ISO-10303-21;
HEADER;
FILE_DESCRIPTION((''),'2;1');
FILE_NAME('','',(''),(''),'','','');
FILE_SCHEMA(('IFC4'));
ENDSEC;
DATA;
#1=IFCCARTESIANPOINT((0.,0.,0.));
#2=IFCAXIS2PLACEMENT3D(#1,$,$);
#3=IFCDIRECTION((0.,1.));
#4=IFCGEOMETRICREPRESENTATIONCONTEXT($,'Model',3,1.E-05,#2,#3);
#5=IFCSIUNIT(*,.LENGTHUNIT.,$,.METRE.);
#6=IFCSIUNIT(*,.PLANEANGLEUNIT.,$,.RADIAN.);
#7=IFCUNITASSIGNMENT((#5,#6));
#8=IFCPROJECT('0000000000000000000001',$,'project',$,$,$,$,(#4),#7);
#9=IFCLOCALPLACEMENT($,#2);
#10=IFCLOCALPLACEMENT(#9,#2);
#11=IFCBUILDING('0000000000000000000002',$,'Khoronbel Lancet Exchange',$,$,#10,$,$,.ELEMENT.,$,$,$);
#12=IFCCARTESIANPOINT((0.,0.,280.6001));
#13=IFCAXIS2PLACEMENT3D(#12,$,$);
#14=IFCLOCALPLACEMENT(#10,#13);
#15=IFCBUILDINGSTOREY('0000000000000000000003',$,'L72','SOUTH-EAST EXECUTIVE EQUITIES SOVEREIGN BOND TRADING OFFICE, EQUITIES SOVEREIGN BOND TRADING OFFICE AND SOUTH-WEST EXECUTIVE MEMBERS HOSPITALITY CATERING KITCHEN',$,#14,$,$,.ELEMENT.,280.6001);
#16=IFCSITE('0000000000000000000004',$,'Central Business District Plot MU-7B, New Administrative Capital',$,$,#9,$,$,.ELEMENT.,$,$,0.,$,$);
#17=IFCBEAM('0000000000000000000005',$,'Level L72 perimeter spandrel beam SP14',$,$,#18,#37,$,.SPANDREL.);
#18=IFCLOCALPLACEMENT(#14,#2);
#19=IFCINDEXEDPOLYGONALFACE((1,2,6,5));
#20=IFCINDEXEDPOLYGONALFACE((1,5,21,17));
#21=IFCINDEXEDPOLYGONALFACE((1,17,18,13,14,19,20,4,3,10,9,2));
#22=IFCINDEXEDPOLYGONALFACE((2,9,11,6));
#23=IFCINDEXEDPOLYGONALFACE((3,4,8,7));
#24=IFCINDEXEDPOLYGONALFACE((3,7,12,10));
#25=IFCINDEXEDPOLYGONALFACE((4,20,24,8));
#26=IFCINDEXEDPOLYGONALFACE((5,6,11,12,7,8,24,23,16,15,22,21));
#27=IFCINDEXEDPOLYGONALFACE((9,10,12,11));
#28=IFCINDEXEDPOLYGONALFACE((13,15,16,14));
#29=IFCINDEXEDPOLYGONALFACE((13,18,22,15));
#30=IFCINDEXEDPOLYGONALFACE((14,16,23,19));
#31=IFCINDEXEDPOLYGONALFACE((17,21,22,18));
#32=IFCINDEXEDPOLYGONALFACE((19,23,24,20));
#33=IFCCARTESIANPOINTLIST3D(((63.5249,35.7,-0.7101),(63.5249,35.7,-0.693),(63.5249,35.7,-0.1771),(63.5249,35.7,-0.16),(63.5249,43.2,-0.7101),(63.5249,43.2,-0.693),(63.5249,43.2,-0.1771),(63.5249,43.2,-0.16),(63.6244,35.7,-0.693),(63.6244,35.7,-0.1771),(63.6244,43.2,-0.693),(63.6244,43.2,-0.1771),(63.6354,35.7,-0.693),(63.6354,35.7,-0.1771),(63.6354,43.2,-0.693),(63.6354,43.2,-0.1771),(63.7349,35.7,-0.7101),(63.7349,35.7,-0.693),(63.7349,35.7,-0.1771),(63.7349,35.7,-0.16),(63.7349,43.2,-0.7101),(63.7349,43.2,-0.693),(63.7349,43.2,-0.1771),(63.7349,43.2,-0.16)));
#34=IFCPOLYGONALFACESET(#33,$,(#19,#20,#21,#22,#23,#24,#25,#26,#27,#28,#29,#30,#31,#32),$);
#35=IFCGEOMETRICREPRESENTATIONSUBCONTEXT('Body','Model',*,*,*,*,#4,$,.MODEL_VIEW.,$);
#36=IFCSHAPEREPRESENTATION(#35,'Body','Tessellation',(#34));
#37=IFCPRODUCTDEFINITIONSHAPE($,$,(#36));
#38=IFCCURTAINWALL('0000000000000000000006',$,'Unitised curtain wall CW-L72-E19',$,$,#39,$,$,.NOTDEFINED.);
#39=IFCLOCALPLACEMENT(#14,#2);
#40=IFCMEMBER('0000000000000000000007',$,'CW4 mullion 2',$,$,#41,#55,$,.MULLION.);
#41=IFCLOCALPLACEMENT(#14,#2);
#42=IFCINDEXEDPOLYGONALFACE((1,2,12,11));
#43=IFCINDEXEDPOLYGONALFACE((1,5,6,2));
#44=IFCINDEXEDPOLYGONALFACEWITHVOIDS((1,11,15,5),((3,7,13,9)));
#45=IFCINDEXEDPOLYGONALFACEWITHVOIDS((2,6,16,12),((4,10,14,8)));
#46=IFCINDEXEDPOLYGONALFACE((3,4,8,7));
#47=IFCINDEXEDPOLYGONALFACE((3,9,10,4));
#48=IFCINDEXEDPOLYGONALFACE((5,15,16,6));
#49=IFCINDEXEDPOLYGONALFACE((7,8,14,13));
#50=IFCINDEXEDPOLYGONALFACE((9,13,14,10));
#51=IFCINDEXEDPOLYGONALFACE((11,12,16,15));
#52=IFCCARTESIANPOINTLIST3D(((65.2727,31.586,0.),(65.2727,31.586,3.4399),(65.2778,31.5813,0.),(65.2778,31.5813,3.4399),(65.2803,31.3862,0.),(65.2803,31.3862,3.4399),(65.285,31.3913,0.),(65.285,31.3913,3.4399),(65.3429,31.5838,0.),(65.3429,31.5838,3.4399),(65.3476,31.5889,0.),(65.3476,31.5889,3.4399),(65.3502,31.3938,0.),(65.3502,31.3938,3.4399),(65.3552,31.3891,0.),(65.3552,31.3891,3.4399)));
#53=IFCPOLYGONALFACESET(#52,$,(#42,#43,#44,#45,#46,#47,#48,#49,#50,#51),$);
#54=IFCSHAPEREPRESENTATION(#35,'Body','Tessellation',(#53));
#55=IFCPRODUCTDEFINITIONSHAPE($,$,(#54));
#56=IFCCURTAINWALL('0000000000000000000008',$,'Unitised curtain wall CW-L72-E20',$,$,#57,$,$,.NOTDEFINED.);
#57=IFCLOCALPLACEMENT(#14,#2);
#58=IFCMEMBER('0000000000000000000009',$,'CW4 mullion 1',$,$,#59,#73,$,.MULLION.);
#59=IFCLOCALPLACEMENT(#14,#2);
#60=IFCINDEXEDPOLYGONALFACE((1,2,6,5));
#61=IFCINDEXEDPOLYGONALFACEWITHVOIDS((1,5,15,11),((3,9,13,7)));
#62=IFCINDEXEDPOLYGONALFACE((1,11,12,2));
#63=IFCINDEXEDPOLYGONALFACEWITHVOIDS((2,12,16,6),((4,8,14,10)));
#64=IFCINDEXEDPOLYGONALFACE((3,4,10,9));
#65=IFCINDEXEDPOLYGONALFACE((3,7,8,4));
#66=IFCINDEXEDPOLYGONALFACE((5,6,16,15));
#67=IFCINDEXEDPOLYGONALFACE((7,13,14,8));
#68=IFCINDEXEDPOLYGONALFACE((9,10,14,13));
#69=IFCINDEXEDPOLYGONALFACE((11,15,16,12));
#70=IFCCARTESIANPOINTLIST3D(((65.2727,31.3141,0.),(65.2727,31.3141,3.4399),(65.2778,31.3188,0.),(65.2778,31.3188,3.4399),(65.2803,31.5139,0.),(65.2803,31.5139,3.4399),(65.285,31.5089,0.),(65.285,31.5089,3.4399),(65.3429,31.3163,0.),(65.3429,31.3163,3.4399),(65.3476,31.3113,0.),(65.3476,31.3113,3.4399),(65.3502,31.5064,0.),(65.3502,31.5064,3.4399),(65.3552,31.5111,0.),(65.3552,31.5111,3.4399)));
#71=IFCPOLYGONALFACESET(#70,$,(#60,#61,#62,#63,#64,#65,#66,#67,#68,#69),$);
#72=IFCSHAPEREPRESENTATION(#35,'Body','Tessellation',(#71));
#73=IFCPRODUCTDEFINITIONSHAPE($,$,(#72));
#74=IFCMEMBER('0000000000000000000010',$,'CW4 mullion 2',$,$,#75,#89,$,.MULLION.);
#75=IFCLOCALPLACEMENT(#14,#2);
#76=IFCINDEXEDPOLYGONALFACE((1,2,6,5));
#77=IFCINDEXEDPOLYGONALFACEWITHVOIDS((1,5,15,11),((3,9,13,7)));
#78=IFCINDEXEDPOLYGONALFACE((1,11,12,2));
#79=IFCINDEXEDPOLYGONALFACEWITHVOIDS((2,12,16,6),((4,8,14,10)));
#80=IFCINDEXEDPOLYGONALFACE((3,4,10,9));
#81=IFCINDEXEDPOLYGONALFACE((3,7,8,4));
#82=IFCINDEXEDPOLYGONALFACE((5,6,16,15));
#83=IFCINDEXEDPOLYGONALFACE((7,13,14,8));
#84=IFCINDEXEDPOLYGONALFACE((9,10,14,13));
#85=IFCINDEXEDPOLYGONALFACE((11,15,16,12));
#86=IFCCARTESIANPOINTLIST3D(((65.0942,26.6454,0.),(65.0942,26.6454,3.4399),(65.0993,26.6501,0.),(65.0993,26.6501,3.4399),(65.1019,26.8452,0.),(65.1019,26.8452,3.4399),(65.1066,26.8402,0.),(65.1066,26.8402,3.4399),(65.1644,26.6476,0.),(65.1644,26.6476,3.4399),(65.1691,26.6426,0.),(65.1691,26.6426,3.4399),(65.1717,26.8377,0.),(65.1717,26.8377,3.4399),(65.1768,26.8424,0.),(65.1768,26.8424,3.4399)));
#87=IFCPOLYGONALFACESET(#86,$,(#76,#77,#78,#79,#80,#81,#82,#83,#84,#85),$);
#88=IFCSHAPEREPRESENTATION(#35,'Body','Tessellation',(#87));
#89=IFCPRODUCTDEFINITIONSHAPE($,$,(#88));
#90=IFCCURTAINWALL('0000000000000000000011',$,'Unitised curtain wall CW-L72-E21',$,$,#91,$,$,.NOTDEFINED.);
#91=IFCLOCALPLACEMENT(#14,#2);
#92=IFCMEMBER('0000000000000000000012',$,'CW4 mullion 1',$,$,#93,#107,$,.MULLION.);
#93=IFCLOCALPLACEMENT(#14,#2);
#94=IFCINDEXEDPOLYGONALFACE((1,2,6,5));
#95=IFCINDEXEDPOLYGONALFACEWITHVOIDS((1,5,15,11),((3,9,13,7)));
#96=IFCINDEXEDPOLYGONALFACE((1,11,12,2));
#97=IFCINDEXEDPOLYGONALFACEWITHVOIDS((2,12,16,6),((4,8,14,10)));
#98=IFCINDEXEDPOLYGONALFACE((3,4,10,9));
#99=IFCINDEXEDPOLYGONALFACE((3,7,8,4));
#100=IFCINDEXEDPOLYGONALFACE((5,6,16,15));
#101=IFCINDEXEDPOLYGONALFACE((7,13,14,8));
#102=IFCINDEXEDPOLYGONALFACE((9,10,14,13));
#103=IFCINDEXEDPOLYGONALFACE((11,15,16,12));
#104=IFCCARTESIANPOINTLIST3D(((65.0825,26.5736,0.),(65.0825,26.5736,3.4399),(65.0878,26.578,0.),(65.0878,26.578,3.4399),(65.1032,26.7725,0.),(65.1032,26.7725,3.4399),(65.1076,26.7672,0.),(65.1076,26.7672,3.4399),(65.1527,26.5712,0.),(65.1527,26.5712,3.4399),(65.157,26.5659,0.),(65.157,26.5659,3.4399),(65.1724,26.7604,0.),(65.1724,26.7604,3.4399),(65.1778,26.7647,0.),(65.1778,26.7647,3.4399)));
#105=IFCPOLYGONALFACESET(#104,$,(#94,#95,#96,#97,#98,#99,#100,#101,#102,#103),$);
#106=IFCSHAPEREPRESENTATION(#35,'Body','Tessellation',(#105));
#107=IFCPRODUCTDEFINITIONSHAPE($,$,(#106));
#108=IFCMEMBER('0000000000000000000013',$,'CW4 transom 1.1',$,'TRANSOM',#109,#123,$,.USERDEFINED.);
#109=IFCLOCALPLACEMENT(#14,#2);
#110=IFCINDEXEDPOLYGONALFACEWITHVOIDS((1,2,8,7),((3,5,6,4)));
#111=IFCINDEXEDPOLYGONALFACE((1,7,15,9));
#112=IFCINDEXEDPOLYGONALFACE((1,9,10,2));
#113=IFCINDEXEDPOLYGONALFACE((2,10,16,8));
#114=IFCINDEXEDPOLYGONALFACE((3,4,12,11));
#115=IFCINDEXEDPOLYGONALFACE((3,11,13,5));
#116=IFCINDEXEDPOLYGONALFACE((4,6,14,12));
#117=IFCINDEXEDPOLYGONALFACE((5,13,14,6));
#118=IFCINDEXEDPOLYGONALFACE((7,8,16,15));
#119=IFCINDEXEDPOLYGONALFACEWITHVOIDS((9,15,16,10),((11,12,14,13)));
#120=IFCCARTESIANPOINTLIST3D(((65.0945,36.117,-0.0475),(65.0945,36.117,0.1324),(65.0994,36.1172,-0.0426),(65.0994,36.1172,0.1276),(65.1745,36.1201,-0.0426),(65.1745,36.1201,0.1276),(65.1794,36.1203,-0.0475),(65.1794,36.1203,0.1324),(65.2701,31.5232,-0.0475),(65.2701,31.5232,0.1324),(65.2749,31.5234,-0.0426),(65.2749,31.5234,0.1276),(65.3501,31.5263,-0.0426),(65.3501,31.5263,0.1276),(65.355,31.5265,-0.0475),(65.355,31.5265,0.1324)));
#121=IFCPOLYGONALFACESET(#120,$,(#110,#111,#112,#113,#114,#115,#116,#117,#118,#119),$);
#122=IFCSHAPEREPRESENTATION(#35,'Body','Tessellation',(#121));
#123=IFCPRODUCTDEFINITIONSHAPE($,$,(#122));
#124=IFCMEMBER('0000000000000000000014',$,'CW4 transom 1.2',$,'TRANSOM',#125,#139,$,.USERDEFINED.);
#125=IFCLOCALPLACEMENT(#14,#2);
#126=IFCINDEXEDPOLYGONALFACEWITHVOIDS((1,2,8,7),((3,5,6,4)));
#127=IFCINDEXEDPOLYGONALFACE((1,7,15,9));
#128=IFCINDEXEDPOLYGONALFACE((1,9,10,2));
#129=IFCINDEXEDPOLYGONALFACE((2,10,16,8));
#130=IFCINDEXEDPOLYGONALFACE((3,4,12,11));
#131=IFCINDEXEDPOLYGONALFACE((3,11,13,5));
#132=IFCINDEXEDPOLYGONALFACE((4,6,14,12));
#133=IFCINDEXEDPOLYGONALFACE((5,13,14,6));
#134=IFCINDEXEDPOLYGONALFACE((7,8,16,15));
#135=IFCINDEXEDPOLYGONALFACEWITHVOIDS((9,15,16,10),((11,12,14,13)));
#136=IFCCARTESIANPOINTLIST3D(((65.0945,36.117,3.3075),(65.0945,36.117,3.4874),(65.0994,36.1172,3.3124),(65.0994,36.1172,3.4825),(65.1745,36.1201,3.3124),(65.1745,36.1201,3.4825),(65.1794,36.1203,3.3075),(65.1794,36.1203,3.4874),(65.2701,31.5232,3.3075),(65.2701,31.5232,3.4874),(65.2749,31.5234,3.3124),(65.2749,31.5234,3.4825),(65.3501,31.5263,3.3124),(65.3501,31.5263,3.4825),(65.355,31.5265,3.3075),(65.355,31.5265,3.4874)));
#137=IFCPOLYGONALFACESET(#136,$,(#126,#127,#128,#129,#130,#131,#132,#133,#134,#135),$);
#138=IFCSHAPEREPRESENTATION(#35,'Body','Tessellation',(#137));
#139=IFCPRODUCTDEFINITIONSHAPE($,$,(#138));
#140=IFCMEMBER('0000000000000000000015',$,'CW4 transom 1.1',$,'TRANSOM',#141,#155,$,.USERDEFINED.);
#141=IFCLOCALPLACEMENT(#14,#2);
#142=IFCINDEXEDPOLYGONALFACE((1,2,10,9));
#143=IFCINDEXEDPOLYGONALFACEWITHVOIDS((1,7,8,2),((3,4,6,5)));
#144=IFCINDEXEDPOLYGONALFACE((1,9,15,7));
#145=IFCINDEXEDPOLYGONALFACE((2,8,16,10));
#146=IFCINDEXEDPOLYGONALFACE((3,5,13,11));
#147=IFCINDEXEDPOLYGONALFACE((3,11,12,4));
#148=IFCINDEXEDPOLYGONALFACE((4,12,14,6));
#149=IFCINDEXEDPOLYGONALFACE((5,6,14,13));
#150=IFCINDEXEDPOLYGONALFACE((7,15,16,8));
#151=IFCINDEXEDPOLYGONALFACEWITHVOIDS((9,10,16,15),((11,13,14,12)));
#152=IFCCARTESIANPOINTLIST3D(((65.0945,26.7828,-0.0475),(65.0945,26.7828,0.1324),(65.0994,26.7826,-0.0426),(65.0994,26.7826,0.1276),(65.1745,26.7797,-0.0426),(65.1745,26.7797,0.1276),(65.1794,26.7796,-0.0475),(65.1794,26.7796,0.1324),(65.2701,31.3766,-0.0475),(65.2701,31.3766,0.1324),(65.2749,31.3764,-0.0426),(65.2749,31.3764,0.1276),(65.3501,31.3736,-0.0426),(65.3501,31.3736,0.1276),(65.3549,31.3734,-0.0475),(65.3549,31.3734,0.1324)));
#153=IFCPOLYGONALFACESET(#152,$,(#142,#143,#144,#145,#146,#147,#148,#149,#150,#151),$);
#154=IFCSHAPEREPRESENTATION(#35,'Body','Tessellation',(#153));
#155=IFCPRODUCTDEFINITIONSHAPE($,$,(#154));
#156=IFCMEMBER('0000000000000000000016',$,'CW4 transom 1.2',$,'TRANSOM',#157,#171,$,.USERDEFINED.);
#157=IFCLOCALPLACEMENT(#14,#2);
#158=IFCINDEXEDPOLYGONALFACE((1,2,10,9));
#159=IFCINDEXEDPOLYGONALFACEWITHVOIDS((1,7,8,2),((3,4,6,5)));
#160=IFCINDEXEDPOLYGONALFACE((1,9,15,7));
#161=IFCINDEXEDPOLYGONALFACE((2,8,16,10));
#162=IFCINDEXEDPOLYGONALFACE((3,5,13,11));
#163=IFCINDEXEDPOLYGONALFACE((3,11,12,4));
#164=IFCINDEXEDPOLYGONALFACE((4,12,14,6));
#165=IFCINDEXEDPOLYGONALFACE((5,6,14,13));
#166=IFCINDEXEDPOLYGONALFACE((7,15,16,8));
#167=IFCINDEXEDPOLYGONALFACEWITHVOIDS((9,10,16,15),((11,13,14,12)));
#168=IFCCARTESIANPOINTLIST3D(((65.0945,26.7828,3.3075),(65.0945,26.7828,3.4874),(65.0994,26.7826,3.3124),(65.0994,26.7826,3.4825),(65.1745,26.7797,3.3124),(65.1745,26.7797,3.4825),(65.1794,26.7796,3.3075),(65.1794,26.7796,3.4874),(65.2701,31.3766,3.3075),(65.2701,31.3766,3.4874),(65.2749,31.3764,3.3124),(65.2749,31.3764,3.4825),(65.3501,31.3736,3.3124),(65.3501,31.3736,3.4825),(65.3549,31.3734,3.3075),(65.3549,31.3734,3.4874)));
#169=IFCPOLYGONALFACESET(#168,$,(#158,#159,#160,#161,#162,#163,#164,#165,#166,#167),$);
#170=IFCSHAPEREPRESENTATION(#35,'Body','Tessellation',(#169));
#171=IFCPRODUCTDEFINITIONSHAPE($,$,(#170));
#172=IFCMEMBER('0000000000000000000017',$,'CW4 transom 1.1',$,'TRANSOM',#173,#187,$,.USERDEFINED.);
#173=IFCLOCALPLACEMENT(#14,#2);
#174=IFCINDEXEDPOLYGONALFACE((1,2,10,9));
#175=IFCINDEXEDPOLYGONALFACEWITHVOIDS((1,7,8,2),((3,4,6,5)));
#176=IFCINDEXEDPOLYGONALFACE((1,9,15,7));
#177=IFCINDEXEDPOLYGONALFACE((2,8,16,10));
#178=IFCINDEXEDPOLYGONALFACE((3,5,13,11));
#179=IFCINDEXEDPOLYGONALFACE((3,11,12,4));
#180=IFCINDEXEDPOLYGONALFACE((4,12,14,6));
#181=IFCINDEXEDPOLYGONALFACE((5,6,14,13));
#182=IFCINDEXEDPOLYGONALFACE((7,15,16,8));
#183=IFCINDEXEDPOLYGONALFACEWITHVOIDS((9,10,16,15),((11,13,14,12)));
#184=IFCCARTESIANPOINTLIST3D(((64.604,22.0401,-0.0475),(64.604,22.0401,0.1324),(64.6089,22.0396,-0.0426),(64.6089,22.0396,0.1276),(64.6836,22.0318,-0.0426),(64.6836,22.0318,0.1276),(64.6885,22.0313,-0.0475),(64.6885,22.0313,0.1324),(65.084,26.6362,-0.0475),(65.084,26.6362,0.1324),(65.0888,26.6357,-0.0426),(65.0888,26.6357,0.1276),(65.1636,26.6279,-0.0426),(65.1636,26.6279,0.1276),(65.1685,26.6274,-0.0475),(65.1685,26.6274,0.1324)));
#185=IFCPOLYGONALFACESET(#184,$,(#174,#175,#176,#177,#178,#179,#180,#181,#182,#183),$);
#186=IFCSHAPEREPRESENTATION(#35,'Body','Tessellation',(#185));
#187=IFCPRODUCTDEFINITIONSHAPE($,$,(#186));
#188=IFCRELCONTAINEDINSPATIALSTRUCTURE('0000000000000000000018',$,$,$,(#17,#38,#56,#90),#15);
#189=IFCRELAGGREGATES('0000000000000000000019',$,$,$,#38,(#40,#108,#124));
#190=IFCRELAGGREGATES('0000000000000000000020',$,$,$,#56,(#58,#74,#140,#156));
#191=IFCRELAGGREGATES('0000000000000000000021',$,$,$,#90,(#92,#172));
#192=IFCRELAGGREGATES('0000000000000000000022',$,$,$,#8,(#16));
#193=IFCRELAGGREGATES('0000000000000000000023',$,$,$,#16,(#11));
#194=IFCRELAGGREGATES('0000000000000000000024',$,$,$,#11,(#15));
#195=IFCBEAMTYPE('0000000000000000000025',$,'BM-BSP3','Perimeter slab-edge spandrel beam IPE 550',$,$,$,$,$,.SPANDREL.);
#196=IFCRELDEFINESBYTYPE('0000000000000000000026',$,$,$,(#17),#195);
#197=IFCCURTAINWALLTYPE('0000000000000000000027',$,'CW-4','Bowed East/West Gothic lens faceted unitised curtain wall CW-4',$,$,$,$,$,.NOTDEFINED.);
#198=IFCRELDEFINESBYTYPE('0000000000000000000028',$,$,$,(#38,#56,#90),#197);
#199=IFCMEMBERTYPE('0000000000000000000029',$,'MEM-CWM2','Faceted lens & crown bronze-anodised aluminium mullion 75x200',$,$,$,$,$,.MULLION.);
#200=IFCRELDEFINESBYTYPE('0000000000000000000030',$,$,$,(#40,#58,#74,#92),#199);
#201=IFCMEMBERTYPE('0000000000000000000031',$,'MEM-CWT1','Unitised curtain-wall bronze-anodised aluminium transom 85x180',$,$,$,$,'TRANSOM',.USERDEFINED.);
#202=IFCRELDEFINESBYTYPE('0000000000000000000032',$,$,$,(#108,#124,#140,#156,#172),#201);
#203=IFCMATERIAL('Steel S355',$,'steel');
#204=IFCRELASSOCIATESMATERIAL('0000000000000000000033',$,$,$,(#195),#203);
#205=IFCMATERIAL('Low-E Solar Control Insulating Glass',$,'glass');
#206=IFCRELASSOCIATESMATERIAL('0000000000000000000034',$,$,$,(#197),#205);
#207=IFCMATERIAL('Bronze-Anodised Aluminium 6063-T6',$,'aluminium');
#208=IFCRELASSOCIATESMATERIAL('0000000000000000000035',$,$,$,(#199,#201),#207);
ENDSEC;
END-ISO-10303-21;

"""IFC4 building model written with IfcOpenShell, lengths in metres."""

from ifc_helpers import new_model, si_unit, direction, frame, origin, origin_2d, place, context, subcontext, project, spatial, hollow_rectangle, i_section, extrude, material, material_profile, profile_set, type_object, element, aggregate, save


model = new_model("IFC4")

# Units and contexts
model_context = context("Model", 3, precision=1e-05, world=origin(), true_north=direction((0.0, 1.0)))
body_context = subcontext(model_context, "Body", "Model", "MODEL_VIEW")
ifc_project = project(units=[si_unit("LENGTHUNIT", "METRE"), si_unit("PLANEANGLEUNIT", "RADIAN")], contexts=[model_context])

# Site, building, storey
site_placement = place(None, origin())
site = spatial("IfcSite", under=ifc_project, at=site_placement, Name="Central Business District Plot MU-7B, New Administrative Capital", CompositionType="ELEMENT", RefElevation=0.0)
building_placement = place(site_placement, origin())
building = spatial("IfcBuilding", under=site, at=building_placement, Name="Khoronbel Lancet Exchange", CompositionType="ELEMENT")
storey_placement = place(building_placement, frame((0.0, 0.0, 280.6001)))
storey = spatial("IfcBuildingStorey", under=building, at=storey_placement, Name="L72", Description="SOUTH-EAST EXECUTIVE EQUITIES SOVEREIGN BOND TRADING OFFICE, EQUITIES SOVEREIGN BOND TRADING OFFICE AND SOUTH-WEST EXECUTIVE MEMBERS HOSPITALITY CATERING KITCHEN", CompositionType="ELEMENT", Elevation=280.6001)

# Shared definitions
ifc_material_1 = material(Name="Steel S355", Category="steel")

# Beam
ifc_material_profile_1 = material_profile(ifc_material_1, i_section(OverallWidth=0.21, OverallDepth=0.55, WebThickness=0.011, FlangeThickness=0.0171, at=origin_2d()), Name="IPE 550")
ifc_profile_set_1 = profile_set([ifc_material_profile_1], Name="Steel S355")
beam_type_1 = type_object("IfcBeamType", Name="BM-BSP3", Description="Perimeter slab-edge spandrel beam IPE 550", PredefinedType="SPANDREL", material=ifc_profile_set_1)
beam_1_placement = place(storey_placement, frame((63.6299, 35.7, -0.4351), z_axis=(0.0, 1.0, 0.0), x_axis=(-1.0, 0.0, 0.0)))
element("IfcBeam", 1, at=beam_1_placement, inside=storey, type_object=beam_type_1, Name="Level L72 perimeter spandrel beam SP14", PredefinedType="SPANDREL", context=body_context, shape_type="SweptSolid", body=[
    extrude(i_section(OverallWidth=0.21, OverallDepth=0.55, WebThickness=0.011, FlangeThickness=0.0171, at=origin_2d()), origin(), (0.0, 0.0, 1.0), 7.5),
])

# Curtain wall, member
ifc_material_2 = material(Name="Low-E Solar Control Insulating Glass", Category="glass")
curtain_wall_type = type_object("IfcCurtainWallType", Name="CW-4", Description="Bowed East/West Gothic lens faceted unitised curtain wall CW-4", PredefinedType="NOTDEFINED", material=ifc_material_2)
curtain_wall_1_placement = place(storey_placement, origin())
curtain_wall_1 = element("IfcCurtainWall", 2, at=curtain_wall_1_placement, inside=storey, type_object=curtain_wall_type, Name="Unitised curtain wall CW-L72-E19", PredefinedType="NOTDEFINED")
ifc_material_3 = material(Name="Bronze-Anodised Aluminium 6063-T6", Category="aluminium")
ifc_material_profile_2 = material_profile(ifc_material_3, hollow_rectangle(XDim=0.075, YDim=0.2, WallThickness=0.0049, at=origin_2d()), Name="ALU MULLION 75x200")
ifc_profile_set_2 = profile_set([ifc_material_profile_2], Name="Bronze-Anodised Aluminium 6063-T6")
member_type_1 = type_object("IfcMemberType", Name="MEM-CWM2", Description="Faceted lens & crown bronze-anodised aluminium mullion 75x200", PredefinedType="MULLION", material=ifc_profile_set_2)
member_1_placement = place(storey_placement, frame((65.314, 31.4875, 0.0), z_axis=(0.0, 0.0, 1.0), x_axis=(0.99927, 0.038192, 0.0)))
member_1 = element("IfcMember", 3, at=member_1_placement, type_object=member_type_1, Name="CW4 mullion 2", PredefinedType="MULLION", context=body_context, shape_type="SweptSolid", body=[
    extrude(hollow_rectangle(XDim=0.075, YDim=0.2, WallThickness=0.0049, at=origin_2d()), origin(), (0.0, 0.0, 1.0), 3.4399),
])

# Curtain wall, members
curtain_wall_2_placement = place(storey_placement, origin())
curtain_wall_2 = element("IfcCurtainWall", 4, at=curtain_wall_2_placement, inside=storey, type_object=curtain_wall_type, Name="Unitised curtain wall CW-L72-E20", PredefinedType="NOTDEFINED")
member_2_placement = place(storey_placement, frame((65.314, 31.4126, 0.0), z_axis=(0.0, 0.0, 1.0), x_axis=(0.99927, -0.038192, 0.0)))
member_2 = element("IfcMember", 5, at=member_2_placement, type_object=member_type_1, Name="CW4 mullion 1", PredefinedType="MULLION", context=body_context, shape_type="SweptSolid", body=[
    extrude(hollow_rectangle(XDim=0.075, YDim=0.2, WallThickness=0.0049, at=origin_2d()), origin(), (0.0, 0.0, 1.0), 3.4399),
])
member_3_placement = place(storey_placement, frame((65.1355, 26.7439, 0.0), z_axis=(0.0, 0.0, 1.0), x_axis=(0.99927, -0.038192, 0.0)))
member_3 = element("IfcMember", 6, at=member_3_placement, type_object=member_type_1, Name="CW4 mullion 2", PredefinedType="MULLION", context=body_context, shape_type="SweptSolid", body=[
    extrude(hollow_rectangle(XDim=0.075, YDim=0.2, WallThickness=0.0049, at=origin_2d()), origin(), (0.0, 0.0, 1.0), 3.4399),
])

# Curtain wall, member
curtain_wall_3_placement = place(storey_placement, origin())
curtain_wall_3 = element("IfcCurtainWall", 7, at=curtain_wall_3_placement, inside=storey, type_object=curtain_wall_type, Name="Unitised curtain wall CW-L72-E21", PredefinedType="NOTDEFINED")
member_4_placement = place(storey_placement, frame((65.1301, 26.6692, 0.0), z_axis=(0.0, 0.0, 1.0), x_axis=(0.994591, -0.103873, 0.0)))
member_4 = element("IfcMember", 8, at=member_4_placement, type_object=member_type_1, Name="CW4 mullion 1", PredefinedType="MULLION", context=body_context, shape_type="SweptSolid", body=[
    extrude(hollow_rectangle(XDim=0.075, YDim=0.2, WallThickness=0.0049, at=origin_2d()), origin(), (0.0, 0.0, 1.0), 3.4399),
])

# Members
ifc_material_profile_3 = material_profile(ifc_material_3, hollow_rectangle(XDim=0.085, YDim=0.1799, WallThickness=0.0049, at=origin_2d()), Name="ALU TRANSOM 85x180")
ifc_profile_set_3 = profile_set([ifc_material_profile_3], Name="Bronze-Anodised Aluminium 6063-T6")
member_type_2 = type_object("IfcMemberType", Name="MEM-CWT1", Description="Unitised curtain-wall bronze-anodised aluminium transom 85x180", ElementType="TRANSOM", PredefinedType="USERDEFINED", material=ifc_profile_set_3)
member_5_placement = place(storey_placement, frame((65.137, 36.1187, 0.0425), z_axis=(0.038184, -0.999271, 0.0), x_axis=(0.999271, 0.038184, 0.0)))
member_5 = element("IfcMember", 9, at=member_5_placement, type_object=member_type_2, Name="CW4 transom 1.1", ObjectType="TRANSOM", PredefinedType="USERDEFINED", context=body_context, shape_type="SweptSolid", body=[
    extrude(hollow_rectangle(XDim=0.085, YDim=0.1799, WallThickness=0.0049, at=origin_2d()), origin(), (0.0, 0.0, 1.0), 4.5972),
])
member_6_placement = place(storey_placement, frame((65.137, 36.1187, 3.3975), z_axis=(0.038184, -0.999271, 0.0), x_axis=(0.999271, 0.038184, 0.0)))
member_6 = element("IfcMember", 10, at=member_6_placement, type_object=member_type_2, Name="CW4 transom 1.2", ObjectType="TRANSOM", PredefinedType="USERDEFINED", context=body_context, shape_type="SweptSolid", body=[
    extrude(hollow_rectangle(XDim=0.085, YDim=0.1799, WallThickness=0.0049, at=origin_2d()), origin(), (0.0, 0.0, 1.0), 4.5972),
])
member_7_placement = place(storey_placement, frame((65.3125, 31.375, 0.0425), z_axis=(-0.038184, -0.999271, 0.0), x_axis=(0.999271, -0.038184, 0.0)))
member_7 = element("IfcMember", 11, at=member_7_placement, type_object=member_type_2, Name="CW4 transom 1.1", ObjectType="TRANSOM", PredefinedType="USERDEFINED", context=body_context, shape_type="SweptSolid", body=[
    extrude(hollow_rectangle(XDim=0.085, YDim=0.1799, WallThickness=0.0049, at=origin_2d()), origin(), (0.0, 0.0, 1.0), 4.5972),
])
member_8_placement = place(storey_placement, frame((65.3125, 31.375, 3.3975), z_axis=(-0.038184, -0.999271, 0.0), x_axis=(0.999271, -0.038184, 0.0)))
member_8 = element("IfcMember", 12, at=member_8_placement, type_object=member_type_2, Name="CW4 transom 1.2", ObjectType="TRANSOM", PredefinedType="USERDEFINED", context=body_context, shape_type="SweptSolid", body=[
    extrude(hollow_rectangle(XDim=0.085, YDim=0.1799, WallThickness=0.0049, at=origin_2d()), origin(), (0.0, 0.0, 1.0), 4.5972),
])
member_9_placement = place(storey_placement, frame((65.1262, 26.6318, 0.0425), z_axis=(-0.103865, -0.994591, 0.0), x_axis=(0.994591, -0.103865, 0.0)))
member_9 = element("IfcMember", 13, at=member_9_placement, type_object=member_type_2, Name="CW4 transom 1.1", ObjectType="TRANSOM", PredefinedType="USERDEFINED", context=body_context, shape_type="SweptSolid", body=[
    extrude(hollow_rectangle(XDim=0.085, YDim=0.1799, WallThickness=0.0049, at=origin_2d()), origin(), (0.0, 0.0, 1.0), 4.6211),
])

aggregate(curtain_wall_1, [member_1, member_5, member_6])
aggregate(curtain_wall_2, [member_2, member_3, member_7, member_8])
aggregate(curtain_wall_3, [member_4, member_9])

save(model, "model.ifc")
